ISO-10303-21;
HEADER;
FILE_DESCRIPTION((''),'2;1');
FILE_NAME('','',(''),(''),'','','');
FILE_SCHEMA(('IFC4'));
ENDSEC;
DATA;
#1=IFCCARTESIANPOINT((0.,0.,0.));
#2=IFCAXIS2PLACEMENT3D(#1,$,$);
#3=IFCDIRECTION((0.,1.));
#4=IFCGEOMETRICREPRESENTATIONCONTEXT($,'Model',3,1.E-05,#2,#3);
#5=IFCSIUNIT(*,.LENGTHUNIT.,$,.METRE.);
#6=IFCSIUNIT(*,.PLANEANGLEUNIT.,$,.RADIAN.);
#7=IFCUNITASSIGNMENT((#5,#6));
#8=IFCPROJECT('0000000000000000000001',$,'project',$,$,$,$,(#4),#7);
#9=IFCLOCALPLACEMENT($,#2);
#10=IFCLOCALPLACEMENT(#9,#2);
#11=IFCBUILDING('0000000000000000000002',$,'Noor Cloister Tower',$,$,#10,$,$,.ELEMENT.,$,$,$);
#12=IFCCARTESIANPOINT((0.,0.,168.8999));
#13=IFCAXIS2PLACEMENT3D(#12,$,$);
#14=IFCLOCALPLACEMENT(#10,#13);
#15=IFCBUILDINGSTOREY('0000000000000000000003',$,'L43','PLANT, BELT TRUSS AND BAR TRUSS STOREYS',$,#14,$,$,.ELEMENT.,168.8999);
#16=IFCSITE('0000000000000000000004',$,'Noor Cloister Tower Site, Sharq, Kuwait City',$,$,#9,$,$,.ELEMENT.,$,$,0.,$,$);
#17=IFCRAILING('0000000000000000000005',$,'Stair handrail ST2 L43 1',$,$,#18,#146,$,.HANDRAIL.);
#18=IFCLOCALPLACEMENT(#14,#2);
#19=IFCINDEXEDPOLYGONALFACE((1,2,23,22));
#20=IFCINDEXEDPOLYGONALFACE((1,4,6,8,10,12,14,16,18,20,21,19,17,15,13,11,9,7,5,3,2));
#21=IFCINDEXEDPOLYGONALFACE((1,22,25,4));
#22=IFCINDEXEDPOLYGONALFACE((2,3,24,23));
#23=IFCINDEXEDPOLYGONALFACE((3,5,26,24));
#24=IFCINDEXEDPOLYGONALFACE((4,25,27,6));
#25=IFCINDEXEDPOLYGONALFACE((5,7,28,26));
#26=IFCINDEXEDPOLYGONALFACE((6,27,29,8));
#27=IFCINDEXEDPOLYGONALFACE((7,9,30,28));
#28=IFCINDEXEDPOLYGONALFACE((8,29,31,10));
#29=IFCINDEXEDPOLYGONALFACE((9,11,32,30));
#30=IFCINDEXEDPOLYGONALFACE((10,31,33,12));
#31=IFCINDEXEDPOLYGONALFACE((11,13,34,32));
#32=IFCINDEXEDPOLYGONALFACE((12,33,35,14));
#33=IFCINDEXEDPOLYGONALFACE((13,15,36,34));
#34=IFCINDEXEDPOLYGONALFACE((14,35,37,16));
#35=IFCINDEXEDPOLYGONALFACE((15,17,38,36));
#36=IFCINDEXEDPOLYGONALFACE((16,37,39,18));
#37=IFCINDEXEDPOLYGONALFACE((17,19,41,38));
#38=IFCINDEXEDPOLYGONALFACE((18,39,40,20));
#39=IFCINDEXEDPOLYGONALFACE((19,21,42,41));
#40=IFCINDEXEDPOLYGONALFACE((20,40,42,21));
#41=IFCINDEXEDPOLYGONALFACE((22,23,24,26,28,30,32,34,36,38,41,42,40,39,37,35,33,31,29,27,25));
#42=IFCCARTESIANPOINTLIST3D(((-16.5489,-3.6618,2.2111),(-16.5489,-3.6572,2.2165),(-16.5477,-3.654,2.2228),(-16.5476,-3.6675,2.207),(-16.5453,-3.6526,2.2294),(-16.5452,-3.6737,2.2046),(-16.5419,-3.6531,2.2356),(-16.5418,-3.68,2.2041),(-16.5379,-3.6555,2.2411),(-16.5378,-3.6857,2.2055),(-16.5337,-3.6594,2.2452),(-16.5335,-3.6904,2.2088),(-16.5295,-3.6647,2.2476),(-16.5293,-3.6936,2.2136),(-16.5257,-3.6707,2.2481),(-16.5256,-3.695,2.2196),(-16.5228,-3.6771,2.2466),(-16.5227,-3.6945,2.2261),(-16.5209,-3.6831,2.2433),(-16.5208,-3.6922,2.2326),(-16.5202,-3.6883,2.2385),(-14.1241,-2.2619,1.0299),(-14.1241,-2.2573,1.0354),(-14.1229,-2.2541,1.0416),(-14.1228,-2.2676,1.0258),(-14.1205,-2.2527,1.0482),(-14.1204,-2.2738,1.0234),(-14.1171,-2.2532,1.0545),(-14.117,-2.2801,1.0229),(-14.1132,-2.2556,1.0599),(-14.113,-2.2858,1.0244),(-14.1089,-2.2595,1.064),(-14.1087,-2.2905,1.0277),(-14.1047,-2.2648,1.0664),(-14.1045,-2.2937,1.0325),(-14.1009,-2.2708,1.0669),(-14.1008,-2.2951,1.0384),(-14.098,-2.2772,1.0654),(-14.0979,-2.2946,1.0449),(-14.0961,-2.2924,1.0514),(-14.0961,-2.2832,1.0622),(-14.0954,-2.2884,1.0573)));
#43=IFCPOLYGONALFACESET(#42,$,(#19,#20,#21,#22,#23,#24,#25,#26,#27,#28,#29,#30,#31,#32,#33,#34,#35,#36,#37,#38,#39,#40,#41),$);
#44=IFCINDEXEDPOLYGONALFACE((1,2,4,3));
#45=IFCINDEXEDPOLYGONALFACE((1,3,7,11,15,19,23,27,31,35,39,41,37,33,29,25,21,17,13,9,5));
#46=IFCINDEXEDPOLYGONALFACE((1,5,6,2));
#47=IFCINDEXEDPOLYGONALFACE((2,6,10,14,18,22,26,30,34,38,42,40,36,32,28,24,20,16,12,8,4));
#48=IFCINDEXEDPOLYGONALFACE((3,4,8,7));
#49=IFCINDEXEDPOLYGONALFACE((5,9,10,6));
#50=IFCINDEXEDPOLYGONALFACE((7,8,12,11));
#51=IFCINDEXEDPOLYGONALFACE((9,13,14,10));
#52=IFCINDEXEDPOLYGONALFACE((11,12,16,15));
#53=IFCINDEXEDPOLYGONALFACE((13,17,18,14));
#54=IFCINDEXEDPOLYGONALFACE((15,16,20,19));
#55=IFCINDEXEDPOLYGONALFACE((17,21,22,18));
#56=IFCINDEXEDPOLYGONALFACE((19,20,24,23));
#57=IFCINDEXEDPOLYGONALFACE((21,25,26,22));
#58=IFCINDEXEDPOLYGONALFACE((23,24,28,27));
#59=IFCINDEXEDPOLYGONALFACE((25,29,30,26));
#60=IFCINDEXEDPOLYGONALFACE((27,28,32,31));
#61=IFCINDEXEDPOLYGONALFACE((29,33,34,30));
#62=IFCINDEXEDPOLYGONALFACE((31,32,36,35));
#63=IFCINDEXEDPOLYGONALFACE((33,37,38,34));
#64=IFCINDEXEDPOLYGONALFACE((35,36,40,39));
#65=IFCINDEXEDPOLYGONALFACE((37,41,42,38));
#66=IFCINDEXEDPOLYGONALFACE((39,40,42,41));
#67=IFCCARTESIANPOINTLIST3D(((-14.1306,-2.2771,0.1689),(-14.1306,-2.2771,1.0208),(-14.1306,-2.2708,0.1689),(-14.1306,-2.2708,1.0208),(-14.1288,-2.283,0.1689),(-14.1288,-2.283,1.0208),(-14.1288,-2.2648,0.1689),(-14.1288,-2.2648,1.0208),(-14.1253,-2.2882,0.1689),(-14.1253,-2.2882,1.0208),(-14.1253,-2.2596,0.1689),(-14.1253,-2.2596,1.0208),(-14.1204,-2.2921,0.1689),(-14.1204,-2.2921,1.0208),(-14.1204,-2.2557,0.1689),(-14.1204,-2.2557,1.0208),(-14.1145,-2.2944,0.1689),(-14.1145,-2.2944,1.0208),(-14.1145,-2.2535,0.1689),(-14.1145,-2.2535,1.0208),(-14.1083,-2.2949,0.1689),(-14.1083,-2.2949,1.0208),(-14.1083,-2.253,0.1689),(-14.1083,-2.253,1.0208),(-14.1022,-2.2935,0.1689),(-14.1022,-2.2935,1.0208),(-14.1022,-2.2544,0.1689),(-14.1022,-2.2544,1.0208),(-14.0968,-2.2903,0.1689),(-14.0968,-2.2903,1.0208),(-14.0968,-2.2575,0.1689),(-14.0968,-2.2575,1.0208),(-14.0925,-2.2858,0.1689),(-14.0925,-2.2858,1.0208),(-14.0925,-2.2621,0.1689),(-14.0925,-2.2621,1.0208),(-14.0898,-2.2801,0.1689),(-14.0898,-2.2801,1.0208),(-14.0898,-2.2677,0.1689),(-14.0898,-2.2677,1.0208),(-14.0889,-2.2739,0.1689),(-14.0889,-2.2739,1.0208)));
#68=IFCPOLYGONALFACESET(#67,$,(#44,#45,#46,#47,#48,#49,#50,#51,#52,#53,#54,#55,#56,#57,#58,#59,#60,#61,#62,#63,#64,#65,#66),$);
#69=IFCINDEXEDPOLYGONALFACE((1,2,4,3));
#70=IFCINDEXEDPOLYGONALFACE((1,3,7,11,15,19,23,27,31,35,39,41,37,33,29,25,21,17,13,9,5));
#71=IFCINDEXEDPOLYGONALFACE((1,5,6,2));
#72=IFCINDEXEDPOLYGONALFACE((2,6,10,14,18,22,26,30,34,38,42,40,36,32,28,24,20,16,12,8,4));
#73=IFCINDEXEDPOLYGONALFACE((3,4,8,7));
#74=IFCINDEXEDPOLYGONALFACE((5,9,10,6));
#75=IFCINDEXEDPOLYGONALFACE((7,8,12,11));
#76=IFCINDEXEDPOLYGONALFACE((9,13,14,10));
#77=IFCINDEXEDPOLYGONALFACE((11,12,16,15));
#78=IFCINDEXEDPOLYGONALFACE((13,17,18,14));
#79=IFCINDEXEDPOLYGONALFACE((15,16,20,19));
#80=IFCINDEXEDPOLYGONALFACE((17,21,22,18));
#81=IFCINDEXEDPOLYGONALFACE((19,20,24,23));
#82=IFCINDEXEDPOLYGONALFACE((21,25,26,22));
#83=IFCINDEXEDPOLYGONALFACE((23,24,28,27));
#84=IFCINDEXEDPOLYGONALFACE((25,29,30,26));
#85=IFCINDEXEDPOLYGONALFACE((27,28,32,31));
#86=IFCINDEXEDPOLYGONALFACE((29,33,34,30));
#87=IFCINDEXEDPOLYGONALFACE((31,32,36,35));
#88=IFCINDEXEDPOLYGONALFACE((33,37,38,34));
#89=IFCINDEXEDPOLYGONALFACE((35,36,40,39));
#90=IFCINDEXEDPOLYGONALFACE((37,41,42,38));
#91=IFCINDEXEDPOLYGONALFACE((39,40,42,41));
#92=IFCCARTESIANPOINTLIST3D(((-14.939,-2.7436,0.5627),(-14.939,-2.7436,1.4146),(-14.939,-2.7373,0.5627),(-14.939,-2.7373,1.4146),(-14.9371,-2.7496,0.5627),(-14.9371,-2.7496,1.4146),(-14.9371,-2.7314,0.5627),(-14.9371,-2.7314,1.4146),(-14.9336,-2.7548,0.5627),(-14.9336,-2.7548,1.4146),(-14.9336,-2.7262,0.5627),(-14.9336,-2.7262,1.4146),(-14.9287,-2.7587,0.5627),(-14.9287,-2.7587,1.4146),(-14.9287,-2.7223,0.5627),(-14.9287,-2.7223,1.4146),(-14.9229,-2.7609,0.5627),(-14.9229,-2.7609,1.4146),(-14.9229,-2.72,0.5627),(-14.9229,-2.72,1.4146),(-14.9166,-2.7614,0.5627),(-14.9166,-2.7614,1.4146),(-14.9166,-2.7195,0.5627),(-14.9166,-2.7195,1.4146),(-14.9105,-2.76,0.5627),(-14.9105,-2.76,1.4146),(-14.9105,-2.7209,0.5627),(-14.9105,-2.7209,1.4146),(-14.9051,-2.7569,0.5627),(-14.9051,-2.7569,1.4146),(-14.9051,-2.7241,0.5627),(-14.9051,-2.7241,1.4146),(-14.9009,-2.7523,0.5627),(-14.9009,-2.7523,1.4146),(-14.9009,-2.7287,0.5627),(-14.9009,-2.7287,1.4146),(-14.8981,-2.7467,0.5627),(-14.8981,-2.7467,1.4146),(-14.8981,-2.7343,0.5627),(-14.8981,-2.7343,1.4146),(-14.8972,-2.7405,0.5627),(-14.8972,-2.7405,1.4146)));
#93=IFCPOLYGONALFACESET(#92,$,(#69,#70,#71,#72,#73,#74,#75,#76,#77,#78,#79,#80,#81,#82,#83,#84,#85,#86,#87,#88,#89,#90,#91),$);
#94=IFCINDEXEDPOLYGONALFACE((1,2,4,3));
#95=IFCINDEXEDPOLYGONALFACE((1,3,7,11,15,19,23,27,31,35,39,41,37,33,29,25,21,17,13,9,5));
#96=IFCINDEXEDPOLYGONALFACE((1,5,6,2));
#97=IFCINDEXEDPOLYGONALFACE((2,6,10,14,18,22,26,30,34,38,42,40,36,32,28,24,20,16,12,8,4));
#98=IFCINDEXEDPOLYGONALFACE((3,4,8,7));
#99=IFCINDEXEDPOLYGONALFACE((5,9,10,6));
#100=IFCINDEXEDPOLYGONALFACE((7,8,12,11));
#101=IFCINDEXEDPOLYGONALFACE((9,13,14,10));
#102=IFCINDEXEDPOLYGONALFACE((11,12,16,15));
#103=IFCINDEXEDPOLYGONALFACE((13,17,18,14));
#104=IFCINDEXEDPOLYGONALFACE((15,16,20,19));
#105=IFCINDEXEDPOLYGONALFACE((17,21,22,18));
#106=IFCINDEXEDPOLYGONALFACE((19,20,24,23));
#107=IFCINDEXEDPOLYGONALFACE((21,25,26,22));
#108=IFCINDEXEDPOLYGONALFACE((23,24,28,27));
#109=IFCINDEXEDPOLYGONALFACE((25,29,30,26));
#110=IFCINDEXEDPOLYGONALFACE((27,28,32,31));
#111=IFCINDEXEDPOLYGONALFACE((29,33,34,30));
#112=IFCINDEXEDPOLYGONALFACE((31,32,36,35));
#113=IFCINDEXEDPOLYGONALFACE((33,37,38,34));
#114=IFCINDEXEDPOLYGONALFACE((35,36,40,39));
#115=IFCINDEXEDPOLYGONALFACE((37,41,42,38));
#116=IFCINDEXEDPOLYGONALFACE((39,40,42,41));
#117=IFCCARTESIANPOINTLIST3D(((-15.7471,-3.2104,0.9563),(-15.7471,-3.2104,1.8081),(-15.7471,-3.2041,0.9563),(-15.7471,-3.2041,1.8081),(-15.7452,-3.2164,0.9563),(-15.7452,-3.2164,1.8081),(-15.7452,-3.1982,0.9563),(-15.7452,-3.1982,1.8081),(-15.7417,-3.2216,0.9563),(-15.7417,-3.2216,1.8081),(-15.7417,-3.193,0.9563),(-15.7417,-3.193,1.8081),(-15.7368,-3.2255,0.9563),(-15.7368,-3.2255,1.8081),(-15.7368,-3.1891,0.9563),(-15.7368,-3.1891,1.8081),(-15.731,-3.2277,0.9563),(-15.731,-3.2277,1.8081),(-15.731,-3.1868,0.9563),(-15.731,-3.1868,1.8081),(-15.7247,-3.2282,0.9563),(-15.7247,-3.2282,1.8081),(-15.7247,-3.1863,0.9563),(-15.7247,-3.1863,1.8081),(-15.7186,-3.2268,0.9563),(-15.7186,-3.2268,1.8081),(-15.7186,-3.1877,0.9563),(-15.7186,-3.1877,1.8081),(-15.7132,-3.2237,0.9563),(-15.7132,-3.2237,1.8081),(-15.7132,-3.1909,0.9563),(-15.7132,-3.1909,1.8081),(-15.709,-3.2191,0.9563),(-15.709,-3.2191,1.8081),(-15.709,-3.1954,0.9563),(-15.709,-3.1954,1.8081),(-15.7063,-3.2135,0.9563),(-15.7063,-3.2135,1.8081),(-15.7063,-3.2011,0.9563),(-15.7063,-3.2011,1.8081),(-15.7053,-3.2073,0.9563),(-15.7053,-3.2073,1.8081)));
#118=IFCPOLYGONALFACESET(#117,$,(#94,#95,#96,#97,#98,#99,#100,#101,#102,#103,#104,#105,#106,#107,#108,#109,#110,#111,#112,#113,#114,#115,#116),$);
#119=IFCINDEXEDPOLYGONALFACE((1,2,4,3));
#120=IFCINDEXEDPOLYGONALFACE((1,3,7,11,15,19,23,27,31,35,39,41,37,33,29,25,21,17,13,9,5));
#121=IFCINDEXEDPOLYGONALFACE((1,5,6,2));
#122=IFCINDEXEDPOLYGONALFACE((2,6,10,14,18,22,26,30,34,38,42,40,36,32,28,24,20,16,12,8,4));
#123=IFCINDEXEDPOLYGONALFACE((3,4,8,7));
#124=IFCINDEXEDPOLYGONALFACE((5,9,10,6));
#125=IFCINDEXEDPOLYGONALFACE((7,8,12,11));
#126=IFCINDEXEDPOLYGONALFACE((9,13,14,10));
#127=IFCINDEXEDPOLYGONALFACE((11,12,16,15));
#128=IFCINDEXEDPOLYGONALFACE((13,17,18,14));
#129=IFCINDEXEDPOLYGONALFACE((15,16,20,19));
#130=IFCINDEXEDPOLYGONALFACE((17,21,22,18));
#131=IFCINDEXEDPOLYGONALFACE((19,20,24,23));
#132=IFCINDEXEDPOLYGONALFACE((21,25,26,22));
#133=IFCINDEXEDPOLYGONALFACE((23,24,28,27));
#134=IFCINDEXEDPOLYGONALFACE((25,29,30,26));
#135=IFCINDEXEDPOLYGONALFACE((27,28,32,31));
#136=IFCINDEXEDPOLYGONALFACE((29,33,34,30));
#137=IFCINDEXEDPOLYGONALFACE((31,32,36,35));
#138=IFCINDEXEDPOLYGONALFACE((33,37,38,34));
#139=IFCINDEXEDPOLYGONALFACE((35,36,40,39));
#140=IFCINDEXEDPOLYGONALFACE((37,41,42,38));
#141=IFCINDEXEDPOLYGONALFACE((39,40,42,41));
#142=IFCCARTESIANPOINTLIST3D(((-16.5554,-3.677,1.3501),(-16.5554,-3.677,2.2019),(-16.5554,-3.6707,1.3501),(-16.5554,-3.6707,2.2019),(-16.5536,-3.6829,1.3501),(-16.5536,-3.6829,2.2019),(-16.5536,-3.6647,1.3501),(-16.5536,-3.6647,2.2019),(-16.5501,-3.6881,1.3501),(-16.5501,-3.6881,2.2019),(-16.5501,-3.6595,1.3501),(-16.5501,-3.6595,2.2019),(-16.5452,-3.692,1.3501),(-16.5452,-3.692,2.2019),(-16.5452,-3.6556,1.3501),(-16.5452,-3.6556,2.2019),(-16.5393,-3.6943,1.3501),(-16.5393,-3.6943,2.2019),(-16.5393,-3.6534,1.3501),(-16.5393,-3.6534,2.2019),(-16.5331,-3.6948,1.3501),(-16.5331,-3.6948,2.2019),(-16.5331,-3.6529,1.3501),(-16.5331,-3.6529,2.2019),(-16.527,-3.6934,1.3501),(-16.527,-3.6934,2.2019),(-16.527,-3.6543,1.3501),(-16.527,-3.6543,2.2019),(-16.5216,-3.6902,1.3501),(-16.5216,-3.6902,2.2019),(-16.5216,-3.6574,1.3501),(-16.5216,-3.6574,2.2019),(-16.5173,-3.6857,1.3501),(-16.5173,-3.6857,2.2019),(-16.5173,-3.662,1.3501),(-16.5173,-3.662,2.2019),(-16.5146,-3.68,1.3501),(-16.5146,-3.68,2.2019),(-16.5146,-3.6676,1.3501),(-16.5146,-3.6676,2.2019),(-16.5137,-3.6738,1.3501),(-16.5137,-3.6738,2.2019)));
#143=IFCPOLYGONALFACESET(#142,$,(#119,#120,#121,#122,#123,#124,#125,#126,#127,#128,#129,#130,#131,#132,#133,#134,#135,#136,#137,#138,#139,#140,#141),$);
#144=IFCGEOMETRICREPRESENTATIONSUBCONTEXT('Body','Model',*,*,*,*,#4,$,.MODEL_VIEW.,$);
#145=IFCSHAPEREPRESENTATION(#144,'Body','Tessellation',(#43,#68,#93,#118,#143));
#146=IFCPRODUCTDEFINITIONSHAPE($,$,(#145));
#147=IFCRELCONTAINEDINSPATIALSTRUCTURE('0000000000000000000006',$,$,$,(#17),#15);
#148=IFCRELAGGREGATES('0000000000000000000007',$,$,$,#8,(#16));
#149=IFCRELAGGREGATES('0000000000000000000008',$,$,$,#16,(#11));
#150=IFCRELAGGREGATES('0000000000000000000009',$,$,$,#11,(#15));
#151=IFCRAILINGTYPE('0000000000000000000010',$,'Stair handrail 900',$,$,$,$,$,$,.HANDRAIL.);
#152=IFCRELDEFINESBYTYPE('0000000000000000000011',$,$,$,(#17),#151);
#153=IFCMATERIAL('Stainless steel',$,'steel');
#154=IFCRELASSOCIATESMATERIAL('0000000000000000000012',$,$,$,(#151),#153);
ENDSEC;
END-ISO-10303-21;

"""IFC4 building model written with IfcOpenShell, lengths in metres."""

from ifc_helpers import new_model, si_unit, direction, frame, origin, origin_2d, place, context, subcontext, project, spatial, circle, extrude, material, type_object, element, save


model = new_model("IFC4")

# Units and contexts
model_context = context("Model", 3, precision=1e-05, world=origin(), true_north=direction((0.0, 1.0)))
body_context = subcontext(model_context, "Body", "Model", "MODEL_VIEW")
ifc_project = project(units=[si_unit("LENGTHUNIT", "METRE"), si_unit("PLANEANGLEUNIT", "RADIAN")], contexts=[model_context])

# Site, building, storey
site_placement = place(None, origin())
site = spatial("IfcSite", under=ifc_project, at=site_placement, Name="Noor Cloister Tower Site, Sharq, Kuwait City", CompositionType="ELEMENT", RefElevation=0.0)
building_placement = place(site_placement, origin())
building = spatial("IfcBuilding", under=site, at=building_placement, Name="Noor Cloister Tower", CompositionType="ELEMENT")
storey_placement = place(building_placement, frame((0.0, 0.0, 168.8999)))
storey = spatial("IfcBuildingStorey", under=building, at=storey_placement, Name="L43", Description="PLANT, BELT TRUSS AND BAR TRUSS STOREYS", CompositionType="ELEMENT", Elevation=168.8999)

# Railing
ifc_material_1 = material(Name="Stainless steel", Category="steel")
railing_type_1 = type_object("IfcRailingType", Name="Stair handrail 900", PredefinedType="HANDRAIL", material=ifc_material_1)
railing_1_placement = place(storey_placement, frame((-14.1099, -2.2739, 0.1689)))
element("IfcRailing", 1, at=railing_1_placement, inside=storey, type_object=railing_type_1, Name="Stair handrail ST2 L43 1", PredefinedType="HANDRAIL", context=body_context, shape_type="SweptSolid", body=[
    extrude(circle(Radius=0.0239, at=origin_2d()), frame((0.0, 0.0, 0.876), z_axis=(-0.797939, -0.460671, 0.388686), x_axis=(0.499984, -0.866035, 0.0)), (0.0, 0.0, 1.0), 3.0388),
    extrude(circle(Radius=0.021, at=origin_2d()), origin(), (0.0, 0.0, 1.0), 0.8518),
    extrude(circle(Radius=0.021, at=origin_2d()), frame((-0.8083, -0.4666, 0.3938)), (0.0, 0.0, 1.0), 0.8518),
    extrude(circle(Radius=0.021, at=origin_2d()), frame((-1.6165, -0.9333, 0.7874)), (0.0, 0.0, 1.0), 0.8518),
    extrude(circle(Radius=0.021, at=origin_2d()), frame((-2.4248, -1.3999, 1.1812)), (0.0, 0.0, 1.0), 0.8518),
])

save(model, "model.ifc")
